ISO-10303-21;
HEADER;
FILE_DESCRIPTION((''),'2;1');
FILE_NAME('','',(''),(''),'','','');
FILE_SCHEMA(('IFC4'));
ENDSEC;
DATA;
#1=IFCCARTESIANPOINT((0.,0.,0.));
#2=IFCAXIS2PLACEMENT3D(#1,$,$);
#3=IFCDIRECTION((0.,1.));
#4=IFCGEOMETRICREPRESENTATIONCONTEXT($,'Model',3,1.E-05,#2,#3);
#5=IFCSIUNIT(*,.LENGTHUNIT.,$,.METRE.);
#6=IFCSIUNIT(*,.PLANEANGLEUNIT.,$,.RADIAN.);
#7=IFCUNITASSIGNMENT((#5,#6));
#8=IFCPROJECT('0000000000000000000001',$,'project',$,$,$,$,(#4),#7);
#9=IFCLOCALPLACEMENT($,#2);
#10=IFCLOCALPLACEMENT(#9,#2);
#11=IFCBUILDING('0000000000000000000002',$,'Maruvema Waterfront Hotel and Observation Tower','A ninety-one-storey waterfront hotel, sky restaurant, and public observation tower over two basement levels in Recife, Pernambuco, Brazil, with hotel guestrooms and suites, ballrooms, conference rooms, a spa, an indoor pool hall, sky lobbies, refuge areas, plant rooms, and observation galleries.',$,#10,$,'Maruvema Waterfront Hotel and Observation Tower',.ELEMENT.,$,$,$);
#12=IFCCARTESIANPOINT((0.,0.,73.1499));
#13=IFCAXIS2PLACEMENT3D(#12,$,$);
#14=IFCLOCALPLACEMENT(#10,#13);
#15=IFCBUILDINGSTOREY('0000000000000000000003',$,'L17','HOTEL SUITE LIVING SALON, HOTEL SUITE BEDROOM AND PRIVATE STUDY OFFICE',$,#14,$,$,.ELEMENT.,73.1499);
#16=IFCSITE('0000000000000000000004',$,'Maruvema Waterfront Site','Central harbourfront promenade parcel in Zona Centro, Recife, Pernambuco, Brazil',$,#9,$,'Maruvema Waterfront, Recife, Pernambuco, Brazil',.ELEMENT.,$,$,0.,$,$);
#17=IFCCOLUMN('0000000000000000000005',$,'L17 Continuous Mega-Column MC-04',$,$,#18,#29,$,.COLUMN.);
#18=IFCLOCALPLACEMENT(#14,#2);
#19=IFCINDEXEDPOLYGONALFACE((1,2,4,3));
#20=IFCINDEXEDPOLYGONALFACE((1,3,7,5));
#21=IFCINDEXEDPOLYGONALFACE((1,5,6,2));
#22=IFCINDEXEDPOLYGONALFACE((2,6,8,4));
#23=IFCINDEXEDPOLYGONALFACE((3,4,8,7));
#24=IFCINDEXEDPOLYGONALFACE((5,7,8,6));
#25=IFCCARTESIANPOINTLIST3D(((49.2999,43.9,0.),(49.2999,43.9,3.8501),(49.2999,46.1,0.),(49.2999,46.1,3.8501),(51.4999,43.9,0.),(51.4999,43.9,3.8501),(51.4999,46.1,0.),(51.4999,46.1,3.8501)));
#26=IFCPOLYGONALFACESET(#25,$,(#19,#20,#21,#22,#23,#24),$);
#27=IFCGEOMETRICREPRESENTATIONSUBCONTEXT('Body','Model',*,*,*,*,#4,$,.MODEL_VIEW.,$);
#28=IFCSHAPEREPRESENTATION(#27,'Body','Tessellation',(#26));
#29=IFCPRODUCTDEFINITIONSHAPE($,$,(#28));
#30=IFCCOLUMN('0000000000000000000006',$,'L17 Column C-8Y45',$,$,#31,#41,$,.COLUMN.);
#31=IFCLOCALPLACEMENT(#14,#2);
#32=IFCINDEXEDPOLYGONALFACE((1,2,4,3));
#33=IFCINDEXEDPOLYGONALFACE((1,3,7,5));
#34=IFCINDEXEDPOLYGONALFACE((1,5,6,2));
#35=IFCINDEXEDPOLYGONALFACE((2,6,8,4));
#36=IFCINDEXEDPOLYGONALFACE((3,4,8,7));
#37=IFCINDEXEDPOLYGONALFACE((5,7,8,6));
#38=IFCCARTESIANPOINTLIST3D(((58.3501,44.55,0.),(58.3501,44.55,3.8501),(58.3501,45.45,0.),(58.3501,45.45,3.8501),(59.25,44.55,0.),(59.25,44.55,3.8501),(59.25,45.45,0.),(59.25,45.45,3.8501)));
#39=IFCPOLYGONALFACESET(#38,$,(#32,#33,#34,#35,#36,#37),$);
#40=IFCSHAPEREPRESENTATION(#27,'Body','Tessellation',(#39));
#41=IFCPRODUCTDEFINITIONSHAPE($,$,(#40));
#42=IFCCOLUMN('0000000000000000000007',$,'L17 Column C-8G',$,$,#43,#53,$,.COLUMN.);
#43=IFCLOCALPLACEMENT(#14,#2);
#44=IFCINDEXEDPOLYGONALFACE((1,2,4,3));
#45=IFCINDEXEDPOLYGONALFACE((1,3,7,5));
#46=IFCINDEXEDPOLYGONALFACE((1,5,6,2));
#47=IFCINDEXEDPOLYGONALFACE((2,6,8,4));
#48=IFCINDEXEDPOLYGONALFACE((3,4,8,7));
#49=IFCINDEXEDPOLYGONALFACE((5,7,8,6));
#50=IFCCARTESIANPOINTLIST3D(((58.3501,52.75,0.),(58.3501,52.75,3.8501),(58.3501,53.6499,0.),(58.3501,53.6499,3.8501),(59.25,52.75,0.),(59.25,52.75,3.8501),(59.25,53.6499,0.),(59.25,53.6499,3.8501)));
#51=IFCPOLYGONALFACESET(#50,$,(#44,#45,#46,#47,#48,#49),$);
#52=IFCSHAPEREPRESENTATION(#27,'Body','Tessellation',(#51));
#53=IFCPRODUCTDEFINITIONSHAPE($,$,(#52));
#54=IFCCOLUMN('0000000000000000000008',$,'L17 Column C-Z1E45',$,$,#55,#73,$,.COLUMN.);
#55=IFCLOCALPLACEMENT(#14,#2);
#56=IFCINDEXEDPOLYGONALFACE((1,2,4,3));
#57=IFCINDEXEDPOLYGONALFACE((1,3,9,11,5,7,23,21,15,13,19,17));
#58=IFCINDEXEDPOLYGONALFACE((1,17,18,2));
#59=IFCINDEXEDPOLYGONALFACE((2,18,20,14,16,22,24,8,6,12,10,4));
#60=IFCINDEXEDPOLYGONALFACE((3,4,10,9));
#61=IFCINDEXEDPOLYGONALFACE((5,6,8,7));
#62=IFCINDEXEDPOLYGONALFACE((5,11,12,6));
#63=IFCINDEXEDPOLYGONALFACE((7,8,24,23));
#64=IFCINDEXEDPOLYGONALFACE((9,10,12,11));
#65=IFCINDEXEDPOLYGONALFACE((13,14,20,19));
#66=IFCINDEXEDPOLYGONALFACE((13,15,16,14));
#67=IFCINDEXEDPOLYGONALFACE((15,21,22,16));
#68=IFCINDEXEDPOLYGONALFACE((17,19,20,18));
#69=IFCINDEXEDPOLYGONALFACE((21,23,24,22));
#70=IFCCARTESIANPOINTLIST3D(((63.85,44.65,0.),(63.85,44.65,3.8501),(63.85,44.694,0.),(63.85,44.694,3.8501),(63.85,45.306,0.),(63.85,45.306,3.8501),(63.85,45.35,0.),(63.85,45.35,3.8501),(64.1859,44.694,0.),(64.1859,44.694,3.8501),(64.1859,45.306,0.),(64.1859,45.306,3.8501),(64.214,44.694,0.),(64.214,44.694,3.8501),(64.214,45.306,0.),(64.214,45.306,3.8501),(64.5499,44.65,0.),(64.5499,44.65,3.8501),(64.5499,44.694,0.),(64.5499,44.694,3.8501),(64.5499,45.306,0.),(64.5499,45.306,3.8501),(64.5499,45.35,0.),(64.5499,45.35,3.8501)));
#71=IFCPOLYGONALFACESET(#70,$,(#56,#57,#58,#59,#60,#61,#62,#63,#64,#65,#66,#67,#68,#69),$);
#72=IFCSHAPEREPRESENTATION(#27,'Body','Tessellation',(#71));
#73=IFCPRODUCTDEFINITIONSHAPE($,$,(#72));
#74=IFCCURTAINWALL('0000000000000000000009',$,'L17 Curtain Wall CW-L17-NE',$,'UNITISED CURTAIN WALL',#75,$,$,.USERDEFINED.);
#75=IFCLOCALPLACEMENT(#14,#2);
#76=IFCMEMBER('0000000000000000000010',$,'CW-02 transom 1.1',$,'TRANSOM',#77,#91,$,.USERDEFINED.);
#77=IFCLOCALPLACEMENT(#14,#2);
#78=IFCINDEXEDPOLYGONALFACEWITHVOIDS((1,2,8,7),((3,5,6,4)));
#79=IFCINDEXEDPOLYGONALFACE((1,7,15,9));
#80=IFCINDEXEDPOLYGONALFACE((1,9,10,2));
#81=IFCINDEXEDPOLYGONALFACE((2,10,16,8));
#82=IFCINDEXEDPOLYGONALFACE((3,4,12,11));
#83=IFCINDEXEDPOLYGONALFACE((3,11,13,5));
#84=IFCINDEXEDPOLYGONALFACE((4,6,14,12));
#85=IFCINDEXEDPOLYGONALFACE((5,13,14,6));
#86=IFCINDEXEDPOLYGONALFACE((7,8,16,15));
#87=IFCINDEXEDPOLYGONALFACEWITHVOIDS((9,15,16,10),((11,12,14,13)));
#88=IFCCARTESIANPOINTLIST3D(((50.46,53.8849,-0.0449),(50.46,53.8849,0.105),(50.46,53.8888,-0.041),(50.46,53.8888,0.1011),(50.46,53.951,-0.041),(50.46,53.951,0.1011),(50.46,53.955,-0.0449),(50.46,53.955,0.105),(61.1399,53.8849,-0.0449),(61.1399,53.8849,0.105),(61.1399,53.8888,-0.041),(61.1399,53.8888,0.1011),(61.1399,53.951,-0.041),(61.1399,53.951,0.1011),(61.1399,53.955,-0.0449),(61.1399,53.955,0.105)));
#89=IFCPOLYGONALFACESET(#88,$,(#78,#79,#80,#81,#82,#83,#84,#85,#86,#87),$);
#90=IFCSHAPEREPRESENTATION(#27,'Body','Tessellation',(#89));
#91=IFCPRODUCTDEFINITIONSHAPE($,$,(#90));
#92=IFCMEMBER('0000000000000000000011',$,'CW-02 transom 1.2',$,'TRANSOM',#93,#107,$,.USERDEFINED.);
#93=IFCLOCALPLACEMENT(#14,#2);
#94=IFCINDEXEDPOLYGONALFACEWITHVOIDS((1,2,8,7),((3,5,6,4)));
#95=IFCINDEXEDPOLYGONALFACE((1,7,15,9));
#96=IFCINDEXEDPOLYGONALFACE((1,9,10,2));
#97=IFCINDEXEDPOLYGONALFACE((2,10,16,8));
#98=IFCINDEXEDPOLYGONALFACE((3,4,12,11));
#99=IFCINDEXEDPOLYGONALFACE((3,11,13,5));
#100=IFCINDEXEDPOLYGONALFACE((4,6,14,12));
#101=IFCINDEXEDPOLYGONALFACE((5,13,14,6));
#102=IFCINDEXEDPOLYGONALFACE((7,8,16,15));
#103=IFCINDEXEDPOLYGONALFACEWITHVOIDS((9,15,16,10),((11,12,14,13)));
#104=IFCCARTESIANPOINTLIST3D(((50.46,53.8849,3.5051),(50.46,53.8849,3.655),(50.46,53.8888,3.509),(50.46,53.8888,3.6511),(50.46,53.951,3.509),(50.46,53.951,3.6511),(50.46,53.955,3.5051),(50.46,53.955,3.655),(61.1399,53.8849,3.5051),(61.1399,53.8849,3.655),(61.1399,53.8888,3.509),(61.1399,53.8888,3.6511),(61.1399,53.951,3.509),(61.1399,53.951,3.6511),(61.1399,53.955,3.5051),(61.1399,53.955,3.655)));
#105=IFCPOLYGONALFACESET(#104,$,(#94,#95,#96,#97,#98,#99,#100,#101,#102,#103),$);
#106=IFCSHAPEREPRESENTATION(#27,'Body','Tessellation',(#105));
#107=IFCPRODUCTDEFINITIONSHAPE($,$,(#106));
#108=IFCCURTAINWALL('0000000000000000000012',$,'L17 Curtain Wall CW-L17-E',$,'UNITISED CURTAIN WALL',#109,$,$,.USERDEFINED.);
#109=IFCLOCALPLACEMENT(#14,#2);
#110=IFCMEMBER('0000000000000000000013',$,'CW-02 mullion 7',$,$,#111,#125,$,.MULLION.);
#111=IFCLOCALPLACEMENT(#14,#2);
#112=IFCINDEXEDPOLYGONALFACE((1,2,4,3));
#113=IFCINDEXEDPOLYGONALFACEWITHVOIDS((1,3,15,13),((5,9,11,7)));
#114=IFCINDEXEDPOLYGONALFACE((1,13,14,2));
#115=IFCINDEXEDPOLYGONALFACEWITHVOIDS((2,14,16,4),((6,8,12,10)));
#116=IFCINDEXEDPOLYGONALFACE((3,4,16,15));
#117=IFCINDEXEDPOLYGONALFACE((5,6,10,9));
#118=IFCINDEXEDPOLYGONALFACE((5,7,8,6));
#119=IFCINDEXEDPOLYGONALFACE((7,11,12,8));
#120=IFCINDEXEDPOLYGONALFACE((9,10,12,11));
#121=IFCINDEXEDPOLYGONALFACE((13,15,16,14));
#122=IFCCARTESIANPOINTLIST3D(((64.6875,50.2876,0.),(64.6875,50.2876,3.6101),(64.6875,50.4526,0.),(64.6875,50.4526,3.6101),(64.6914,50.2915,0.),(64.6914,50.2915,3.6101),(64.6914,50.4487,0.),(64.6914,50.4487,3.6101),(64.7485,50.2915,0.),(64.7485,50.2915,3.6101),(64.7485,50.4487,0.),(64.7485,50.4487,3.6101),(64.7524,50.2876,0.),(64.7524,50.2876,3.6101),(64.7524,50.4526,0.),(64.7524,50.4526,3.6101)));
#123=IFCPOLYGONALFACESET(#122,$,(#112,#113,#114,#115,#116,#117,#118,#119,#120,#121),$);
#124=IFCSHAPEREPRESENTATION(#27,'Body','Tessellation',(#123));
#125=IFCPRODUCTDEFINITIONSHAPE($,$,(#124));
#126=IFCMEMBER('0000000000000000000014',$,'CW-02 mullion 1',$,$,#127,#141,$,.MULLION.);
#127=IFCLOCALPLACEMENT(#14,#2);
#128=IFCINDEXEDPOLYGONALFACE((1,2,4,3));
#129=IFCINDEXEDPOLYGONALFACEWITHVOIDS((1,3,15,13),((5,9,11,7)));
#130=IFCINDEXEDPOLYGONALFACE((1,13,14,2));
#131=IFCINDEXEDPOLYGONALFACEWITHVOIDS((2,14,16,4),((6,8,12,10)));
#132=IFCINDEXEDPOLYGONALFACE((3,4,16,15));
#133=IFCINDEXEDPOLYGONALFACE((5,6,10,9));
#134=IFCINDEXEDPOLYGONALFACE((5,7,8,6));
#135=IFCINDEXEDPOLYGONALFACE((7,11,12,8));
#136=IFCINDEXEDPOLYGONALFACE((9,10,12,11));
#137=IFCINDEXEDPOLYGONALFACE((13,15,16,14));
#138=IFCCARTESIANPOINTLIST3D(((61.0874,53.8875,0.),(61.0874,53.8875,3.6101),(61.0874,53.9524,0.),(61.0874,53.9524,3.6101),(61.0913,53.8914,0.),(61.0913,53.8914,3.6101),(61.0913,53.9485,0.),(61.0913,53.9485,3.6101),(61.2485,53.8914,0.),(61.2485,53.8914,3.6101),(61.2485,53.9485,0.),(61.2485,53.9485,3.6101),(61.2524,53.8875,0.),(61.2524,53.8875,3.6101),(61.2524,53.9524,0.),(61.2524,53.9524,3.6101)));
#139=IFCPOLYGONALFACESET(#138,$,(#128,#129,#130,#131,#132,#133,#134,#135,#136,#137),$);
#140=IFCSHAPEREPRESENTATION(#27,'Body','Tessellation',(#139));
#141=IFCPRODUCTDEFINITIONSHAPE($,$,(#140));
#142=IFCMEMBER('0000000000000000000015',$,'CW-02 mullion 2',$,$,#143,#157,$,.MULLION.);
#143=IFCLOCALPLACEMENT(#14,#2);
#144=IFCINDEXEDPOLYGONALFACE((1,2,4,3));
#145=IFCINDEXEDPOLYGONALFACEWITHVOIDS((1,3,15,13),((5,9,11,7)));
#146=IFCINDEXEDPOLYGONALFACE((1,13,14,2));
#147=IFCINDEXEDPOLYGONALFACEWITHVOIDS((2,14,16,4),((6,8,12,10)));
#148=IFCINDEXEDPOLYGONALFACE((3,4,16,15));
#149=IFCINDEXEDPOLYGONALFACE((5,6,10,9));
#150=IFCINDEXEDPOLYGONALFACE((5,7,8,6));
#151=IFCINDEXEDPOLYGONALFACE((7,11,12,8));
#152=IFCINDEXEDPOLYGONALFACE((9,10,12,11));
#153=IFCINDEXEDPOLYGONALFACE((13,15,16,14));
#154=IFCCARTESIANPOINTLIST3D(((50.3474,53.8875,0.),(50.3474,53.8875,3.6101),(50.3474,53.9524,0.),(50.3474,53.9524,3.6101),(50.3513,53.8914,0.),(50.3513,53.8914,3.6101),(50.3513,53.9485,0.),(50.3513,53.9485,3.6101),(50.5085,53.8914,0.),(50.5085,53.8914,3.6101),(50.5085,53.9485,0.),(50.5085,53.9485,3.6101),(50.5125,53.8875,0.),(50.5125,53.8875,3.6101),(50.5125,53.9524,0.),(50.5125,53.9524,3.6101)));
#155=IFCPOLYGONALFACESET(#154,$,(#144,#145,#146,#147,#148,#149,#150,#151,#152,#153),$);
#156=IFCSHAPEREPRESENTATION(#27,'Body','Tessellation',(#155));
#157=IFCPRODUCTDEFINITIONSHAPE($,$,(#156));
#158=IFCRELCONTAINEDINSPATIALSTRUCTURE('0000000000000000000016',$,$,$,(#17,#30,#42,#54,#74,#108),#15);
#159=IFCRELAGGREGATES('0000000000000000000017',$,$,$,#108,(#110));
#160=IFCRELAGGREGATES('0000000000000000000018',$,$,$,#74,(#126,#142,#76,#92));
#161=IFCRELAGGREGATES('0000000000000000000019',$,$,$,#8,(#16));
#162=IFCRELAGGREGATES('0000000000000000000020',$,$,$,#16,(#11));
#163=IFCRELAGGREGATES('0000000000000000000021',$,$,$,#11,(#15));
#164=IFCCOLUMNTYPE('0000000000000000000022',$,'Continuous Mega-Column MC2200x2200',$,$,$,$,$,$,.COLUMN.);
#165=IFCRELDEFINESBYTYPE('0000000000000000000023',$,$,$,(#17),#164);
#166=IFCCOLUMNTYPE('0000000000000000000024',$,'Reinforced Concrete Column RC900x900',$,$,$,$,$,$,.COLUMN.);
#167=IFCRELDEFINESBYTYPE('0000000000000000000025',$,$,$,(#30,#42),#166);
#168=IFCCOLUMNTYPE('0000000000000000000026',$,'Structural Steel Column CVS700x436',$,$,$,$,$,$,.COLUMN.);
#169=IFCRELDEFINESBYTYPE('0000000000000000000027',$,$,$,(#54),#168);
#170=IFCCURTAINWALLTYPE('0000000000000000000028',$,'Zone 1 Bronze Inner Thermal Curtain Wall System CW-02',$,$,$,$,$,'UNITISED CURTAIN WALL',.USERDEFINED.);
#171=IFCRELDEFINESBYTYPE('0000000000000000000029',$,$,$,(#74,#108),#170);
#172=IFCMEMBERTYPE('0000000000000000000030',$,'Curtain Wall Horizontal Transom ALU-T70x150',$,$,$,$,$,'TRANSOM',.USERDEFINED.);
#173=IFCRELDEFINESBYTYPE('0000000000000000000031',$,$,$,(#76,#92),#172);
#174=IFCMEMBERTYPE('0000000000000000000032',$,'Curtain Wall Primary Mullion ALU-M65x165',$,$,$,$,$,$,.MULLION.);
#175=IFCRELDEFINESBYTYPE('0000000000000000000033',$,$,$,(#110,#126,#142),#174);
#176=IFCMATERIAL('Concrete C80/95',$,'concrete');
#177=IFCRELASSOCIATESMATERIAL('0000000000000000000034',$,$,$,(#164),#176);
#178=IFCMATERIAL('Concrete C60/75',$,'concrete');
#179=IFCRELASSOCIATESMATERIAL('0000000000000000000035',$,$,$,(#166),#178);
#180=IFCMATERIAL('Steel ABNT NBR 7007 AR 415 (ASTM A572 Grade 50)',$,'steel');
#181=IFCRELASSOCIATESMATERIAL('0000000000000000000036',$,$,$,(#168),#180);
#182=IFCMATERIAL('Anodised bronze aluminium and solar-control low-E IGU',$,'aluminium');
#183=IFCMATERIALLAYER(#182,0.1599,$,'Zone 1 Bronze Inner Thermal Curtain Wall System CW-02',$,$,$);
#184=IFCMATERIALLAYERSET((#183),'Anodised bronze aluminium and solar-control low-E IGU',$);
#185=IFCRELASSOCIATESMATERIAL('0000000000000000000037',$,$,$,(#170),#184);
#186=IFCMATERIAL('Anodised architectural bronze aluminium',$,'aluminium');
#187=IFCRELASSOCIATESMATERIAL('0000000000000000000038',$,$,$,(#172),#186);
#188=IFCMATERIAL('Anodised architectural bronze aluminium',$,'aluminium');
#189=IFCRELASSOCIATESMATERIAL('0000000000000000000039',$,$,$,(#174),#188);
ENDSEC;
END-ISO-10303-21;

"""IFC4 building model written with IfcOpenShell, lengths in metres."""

from ifc_helpers import new_model, si_unit, direction, frame, origin, origin_2d, place, context, subcontext, project, spatial, rectangle, hollow_rectangle, i_section, extrude, material, layer, layer_set, material_profile, profile_set, type_object, element, aggregate, save


model = new_model("IFC4")

# Units and contexts
model_context = context("Model", 3, precision=1e-05, world=origin(), true_north=direction((0.0, 1.0)))
body_context = subcontext(model_context, "Body", "Model", "MODEL_VIEW")
ifc_project = project(units=[si_unit("LENGTHUNIT", "METRE"), si_unit("PLANEANGLEUNIT", "RADIAN")], contexts=[model_context])

# Site, building, storey
site_placement = place(None, origin())
site = spatial("IfcSite", under=ifc_project, at=site_placement, Name="Maruvema Waterfront Site", Description="Central harbourfront promenade parcel in Zona Centro, Recife, Pernambuco, Brazil", LongName="Maruvema Waterfront, Recife, Pernambuco, Brazil", CompositionType="ELEMENT", RefElevation=0.0)
building_placement = place(site_placement, origin())
building = spatial("IfcBuilding", under=site, at=building_placement, Name="Maruvema Waterfront Hotel and Observation Tower", Description="A ninety-one-storey waterfront hotel, sky restaurant, and public observation tower over two basement levels in Recife, Pernambuco, Brazil, with hotel guestrooms and suites, ballrooms, conference rooms, a spa, an indoor pool hall, sky lobbies, refuge areas, plant rooms, and observation galleries.", LongName="Maruvema Waterfront Hotel and Observation Tower", CompositionType="ELEMENT")
storey_placement = place(building_placement, frame((0.0, 0.0, 73.1499)))
storey = spatial("IfcBuildingStorey", under=building, at=storey_placement, Name="L17", Description="HOTEL SUITE LIVING SALON, HOTEL SUITE BEDROOM AND PRIVATE STUDY OFFICE", CompositionType="ELEMENT", Elevation=73.1499)

# Columns
ifc_material_1 = material(Name="Concrete C80/95", Category="concrete")
ifc_material_profile_1 = material_profile(ifc_material_1, rectangle(XDim=2.2, YDim=2.2, at=origin_2d()), Name="MC2200x2200")
ifc_profile_set_1 = profile_set([ifc_material_profile_1], Name="Concrete C80/95")
column_type_1 = type_object("IfcColumnType", Name="Continuous Mega-Column MC2200x2200", PredefinedType="COLUMN", material=ifc_profile_set_1)
column_1_placement = place(storey_placement, frame((50.3999, 45.0, 0.0), z_axis=(0.0, 0.0, 1.0), x_axis=(1.0, 0.0, 0.0)))
element("IfcColumn", 1, at=column_1_placement, inside=storey, type_object=column_type_1, Name="L17 Continuous Mega-Column MC-04", PredefinedType="COLUMN", context=body_context, shape_type="SweptSolid", body=[
    extrude(rectangle(XDim=2.2, YDim=2.2, at=origin_2d()), origin(), (0.0, 0.0, 1.0), 3.8501),
])
ifc_material_2 = material(Name="Concrete C60/75", Category="concrete")
ifc_material_profile_2 = material_profile(ifc_material_2, rectangle(XDim=0.8999, YDim=0.8999, at=origin_2d()), Name="RC900x900")
ifc_profile_set_2 = profile_set([ifc_material_profile_2], Name="Concrete C60/75")
column_type_2 = type_object("IfcColumnType", Name="Reinforced Concrete Column RC900x900", PredefinedType="COLUMN", material=ifc_profile_set_2)
for number, where, z_axis, x_axis, name in (
    (2, (58.8, 45.0, 0.0), (0.0, 0.0, 1.0), (1.0, 0.0, 0.0), "L17 Column C-8Y45"),
    (3, (58.8, 53.2, 0.0), (0.0, 0.0, 1.0), (1.0, 0.0, 0.0), "L17 Column C-8G"),
):
    element("IfcColumn", number, at=place(storey_placement, frame(where, z_axis=z_axis, x_axis=x_axis)), inside=storey, type_object=column_type_2, Name=name, PredefinedType="COLUMN", context=body_context, shape_type="SweptSolid", body=[
        extrude(rectangle(XDim=0.8999, YDim=0.8999, at=origin_2d()), origin(), (0.0, 0.0, 1.0), 3.8501),
    ])
ifc_material_3 = material(Name="Steel ABNT NBR 7007 AR 415 (ASTM A572 Grade 50)", Category="steel")
ifc_material_profile_3 = material_profile(ifc_material_3, i_section(OverallWidth=0.7, OverallDepth=0.7, WebThickness=0.0281, FlangeThickness=0.0439, at=origin_2d()), Name="CVS700x436")
ifc_profile_set_3 = profile_set([ifc_material_profile_3], Name="Steel ABNT NBR 7007 AR 415 (ASTM A572 Grade 50)")
column_type_3 = type_object("IfcColumnType", Name="Structural Steel Column CVS700x436", PredefinedType="COLUMN", material=ifc_profile_set_3)
column_2_placement = place(storey_placement, frame((64.2, 45.0, 0.0), z_axis=(0.0, 0.0, 1.0), x_axis=(1.0, 0.0, 0.0)))
element("IfcColumn", 4, at=column_2_placement, inside=storey, type_object=column_type_3, Name="L17 Column C-Z1E45", PredefinedType="COLUMN", context=body_context, shape_type="SweptSolid", body=[
    extrude(i_section(OverallWidth=0.7, OverallDepth=0.7, WebThickness=0.0281, FlangeThickness=0.0439, at=origin_2d()), origin(), (0.0, 0.0, 1.0), 3.8501),
])

# Curtain wall, members
ifc_material_4 = material(Name="Anodised bronze aluminium and solar-control low-E IGU", Category="aluminium")
ifc_layer_1 = layer(ifc_material_4, 0.1599, Name="Zone 1 Bronze Inner Thermal Curtain Wall System CW-02")
ifc_layer_set_1 = layer_set([ifc_layer_1], Name="Anodised bronze aluminium and solar-control low-E IGU")
curtain_wall_type = type_object("IfcCurtainWallType", Name="Zone 1 Bronze Inner Thermal Curtain Wall System CW-02", ElementType="UNITISED CURTAIN WALL", PredefinedType="USERDEFINED", material=ifc_layer_set_1)
curtain_wall_1_placement = place(storey_placement, origin())
curtain_wall_1 = element("IfcCurtainWall", 5, at=curtain_wall_1_placement, inside=storey, type_object=curtain_wall_type, Name="L17 Curtain Wall CW-L17-NE", ObjectType="UNITISED CURTAIN WALL", PredefinedType="USERDEFINED")
ifc_material_5 = material(Name="Anodised architectural bronze aluminium", Category="aluminium")
ifc_material_profile_4 = material_profile(ifc_material_5, hollow_rectangle(XDim=0.0701, YDim=0.1499, WallThickness=0.0039, at=origin_2d()), Name="ALU-T70x150")
ifc_profile_set_4 = profile_set([ifc_material_profile_4], Name="Anodised architectural bronze aluminium")
member_type_1 = type_object("IfcMemberType", Name="Curtain Wall Horizontal Transom ALU-T70x150", ElementType="TRANSOM", PredefinedType="USERDEFINED", material=ifc_profile_set_4)
member_1_placement = place(storey_placement, frame((61.1399, 53.9199, 0.03), z_axis=(-1.0, 0.0, 0.0), x_axis=(0.0, -1.0, 0.0)))
member_1 = element("IfcMember", 6, at=member_1_placement, type_object=member_type_1, Name="CW-02 transom 1.1", ObjectType="TRANSOM", PredefinedType="USERDEFINED", context=body_context, shape_type="SweptSolid", body=[
    extrude(hollow_rectangle(XDim=0.0701, YDim=0.1499, WallThickness=0.0039, at=origin_2d()), origin(), (0.0, 0.0, 1.0), 10.6799),
])
member_2_placement = place(storey_placement, frame((61.1399, 53.9199, 3.5801), z_axis=(-1.0, 0.0, 0.0), x_axis=(0.0, -1.0, 0.0)))
member_2 = element("IfcMember", 7, at=member_2_placement, type_object=member_type_1, Name="CW-02 transom 1.2", ObjectType="TRANSOM", PredefinedType="USERDEFINED", context=body_context, shape_type="SweptSolid", body=[
    extrude(hollow_rectangle(XDim=0.0701, YDim=0.1499, WallThickness=0.0039, at=origin_2d()), origin(), (0.0, 0.0, 1.0), 10.6799),
])

# Curtain wall, member
curtain_wall_2_placement = place(storey_placement, origin())
curtain_wall_2 = element("IfcCurtainWall", 8, at=curtain_wall_2_placement, inside=storey, type_object=curtain_wall_type, Name="L17 Curtain Wall CW-L17-E", ObjectType="UNITISED CURTAIN WALL", PredefinedType="USERDEFINED")
ifc_material_6 = material(Name="Anodised architectural bronze aluminium", Category="aluminium")
ifc_material_profile_5 = material_profile(ifc_material_6, hollow_rectangle(XDim=0.0649, YDim=0.165, WallThickness=0.0039, at=origin_2d()), Name="ALU-M65x165")
ifc_profile_set_5 = profile_set([ifc_material_profile_5], Name="Anodised architectural bronze aluminium")
member_type_2 = type_object("IfcMemberType", Name="Curtain Wall Primary Mullion ALU-M65x165", PredefinedType="MULLION", material=ifc_profile_set_5)
member_3_placement = place(storey_placement, frame((64.72, 50.3701, 0.0), z_axis=(0.0, 0.0, 1.0), x_axis=(-1.0, 0.0, 0.0)))
member_3 = element("IfcMember", 9, at=member_3_placement, type_object=member_type_2, Name="CW-02 mullion 7", PredefinedType="MULLION", context=body_context, shape_type="SweptSolid", body=[
    extrude(hollow_rectangle(XDim=0.0649, YDim=0.165, WallThickness=0.0039, at=origin_2d()), origin(), (0.0, 0.0, 1.0), 3.6101),
])

# Members
member_4_placement = place(storey_placement, frame((61.1699, 53.9199, 0.0), z_axis=(0.0, 0.0, 1.0), x_axis=(0.0, -1.0, 0.0)))
member_4 = element("IfcMember", 10, at=member_4_placement, type_object=member_type_2, Name="CW-02 mullion 1", PredefinedType="MULLION", context=body_context, shape_type="SweptSolid", body=[
    extrude(hollow_rectangle(XDim=0.0649, YDim=0.165, WallThickness=0.0039, at=origin_2d()), origin(), (0.0, 0.0, 1.0), 3.6101),
])
member_5_placement = place(storey_placement, frame((50.4299, 53.9199, 0.0), z_axis=(0.0, 0.0, 1.0), x_axis=(0.0, -1.0, 0.0)))
member_5 = element("IfcMember", 11, at=member_5_placement, type_object=member_type_2, Name="CW-02 mullion 2", PredefinedType="MULLION", context=body_context, shape_type="SweptSolid", body=[
    extrude(hollow_rectangle(XDim=0.0649, YDim=0.165, WallThickness=0.0039, at=origin_2d()), origin(), (0.0, 0.0, 1.0), 3.6101),
])

aggregate(curtain_wall_2, [member_3])
aggregate(curtain_wall_1, [member_4, member_5, member_1, member_2])

save(model, "model.ifc")
